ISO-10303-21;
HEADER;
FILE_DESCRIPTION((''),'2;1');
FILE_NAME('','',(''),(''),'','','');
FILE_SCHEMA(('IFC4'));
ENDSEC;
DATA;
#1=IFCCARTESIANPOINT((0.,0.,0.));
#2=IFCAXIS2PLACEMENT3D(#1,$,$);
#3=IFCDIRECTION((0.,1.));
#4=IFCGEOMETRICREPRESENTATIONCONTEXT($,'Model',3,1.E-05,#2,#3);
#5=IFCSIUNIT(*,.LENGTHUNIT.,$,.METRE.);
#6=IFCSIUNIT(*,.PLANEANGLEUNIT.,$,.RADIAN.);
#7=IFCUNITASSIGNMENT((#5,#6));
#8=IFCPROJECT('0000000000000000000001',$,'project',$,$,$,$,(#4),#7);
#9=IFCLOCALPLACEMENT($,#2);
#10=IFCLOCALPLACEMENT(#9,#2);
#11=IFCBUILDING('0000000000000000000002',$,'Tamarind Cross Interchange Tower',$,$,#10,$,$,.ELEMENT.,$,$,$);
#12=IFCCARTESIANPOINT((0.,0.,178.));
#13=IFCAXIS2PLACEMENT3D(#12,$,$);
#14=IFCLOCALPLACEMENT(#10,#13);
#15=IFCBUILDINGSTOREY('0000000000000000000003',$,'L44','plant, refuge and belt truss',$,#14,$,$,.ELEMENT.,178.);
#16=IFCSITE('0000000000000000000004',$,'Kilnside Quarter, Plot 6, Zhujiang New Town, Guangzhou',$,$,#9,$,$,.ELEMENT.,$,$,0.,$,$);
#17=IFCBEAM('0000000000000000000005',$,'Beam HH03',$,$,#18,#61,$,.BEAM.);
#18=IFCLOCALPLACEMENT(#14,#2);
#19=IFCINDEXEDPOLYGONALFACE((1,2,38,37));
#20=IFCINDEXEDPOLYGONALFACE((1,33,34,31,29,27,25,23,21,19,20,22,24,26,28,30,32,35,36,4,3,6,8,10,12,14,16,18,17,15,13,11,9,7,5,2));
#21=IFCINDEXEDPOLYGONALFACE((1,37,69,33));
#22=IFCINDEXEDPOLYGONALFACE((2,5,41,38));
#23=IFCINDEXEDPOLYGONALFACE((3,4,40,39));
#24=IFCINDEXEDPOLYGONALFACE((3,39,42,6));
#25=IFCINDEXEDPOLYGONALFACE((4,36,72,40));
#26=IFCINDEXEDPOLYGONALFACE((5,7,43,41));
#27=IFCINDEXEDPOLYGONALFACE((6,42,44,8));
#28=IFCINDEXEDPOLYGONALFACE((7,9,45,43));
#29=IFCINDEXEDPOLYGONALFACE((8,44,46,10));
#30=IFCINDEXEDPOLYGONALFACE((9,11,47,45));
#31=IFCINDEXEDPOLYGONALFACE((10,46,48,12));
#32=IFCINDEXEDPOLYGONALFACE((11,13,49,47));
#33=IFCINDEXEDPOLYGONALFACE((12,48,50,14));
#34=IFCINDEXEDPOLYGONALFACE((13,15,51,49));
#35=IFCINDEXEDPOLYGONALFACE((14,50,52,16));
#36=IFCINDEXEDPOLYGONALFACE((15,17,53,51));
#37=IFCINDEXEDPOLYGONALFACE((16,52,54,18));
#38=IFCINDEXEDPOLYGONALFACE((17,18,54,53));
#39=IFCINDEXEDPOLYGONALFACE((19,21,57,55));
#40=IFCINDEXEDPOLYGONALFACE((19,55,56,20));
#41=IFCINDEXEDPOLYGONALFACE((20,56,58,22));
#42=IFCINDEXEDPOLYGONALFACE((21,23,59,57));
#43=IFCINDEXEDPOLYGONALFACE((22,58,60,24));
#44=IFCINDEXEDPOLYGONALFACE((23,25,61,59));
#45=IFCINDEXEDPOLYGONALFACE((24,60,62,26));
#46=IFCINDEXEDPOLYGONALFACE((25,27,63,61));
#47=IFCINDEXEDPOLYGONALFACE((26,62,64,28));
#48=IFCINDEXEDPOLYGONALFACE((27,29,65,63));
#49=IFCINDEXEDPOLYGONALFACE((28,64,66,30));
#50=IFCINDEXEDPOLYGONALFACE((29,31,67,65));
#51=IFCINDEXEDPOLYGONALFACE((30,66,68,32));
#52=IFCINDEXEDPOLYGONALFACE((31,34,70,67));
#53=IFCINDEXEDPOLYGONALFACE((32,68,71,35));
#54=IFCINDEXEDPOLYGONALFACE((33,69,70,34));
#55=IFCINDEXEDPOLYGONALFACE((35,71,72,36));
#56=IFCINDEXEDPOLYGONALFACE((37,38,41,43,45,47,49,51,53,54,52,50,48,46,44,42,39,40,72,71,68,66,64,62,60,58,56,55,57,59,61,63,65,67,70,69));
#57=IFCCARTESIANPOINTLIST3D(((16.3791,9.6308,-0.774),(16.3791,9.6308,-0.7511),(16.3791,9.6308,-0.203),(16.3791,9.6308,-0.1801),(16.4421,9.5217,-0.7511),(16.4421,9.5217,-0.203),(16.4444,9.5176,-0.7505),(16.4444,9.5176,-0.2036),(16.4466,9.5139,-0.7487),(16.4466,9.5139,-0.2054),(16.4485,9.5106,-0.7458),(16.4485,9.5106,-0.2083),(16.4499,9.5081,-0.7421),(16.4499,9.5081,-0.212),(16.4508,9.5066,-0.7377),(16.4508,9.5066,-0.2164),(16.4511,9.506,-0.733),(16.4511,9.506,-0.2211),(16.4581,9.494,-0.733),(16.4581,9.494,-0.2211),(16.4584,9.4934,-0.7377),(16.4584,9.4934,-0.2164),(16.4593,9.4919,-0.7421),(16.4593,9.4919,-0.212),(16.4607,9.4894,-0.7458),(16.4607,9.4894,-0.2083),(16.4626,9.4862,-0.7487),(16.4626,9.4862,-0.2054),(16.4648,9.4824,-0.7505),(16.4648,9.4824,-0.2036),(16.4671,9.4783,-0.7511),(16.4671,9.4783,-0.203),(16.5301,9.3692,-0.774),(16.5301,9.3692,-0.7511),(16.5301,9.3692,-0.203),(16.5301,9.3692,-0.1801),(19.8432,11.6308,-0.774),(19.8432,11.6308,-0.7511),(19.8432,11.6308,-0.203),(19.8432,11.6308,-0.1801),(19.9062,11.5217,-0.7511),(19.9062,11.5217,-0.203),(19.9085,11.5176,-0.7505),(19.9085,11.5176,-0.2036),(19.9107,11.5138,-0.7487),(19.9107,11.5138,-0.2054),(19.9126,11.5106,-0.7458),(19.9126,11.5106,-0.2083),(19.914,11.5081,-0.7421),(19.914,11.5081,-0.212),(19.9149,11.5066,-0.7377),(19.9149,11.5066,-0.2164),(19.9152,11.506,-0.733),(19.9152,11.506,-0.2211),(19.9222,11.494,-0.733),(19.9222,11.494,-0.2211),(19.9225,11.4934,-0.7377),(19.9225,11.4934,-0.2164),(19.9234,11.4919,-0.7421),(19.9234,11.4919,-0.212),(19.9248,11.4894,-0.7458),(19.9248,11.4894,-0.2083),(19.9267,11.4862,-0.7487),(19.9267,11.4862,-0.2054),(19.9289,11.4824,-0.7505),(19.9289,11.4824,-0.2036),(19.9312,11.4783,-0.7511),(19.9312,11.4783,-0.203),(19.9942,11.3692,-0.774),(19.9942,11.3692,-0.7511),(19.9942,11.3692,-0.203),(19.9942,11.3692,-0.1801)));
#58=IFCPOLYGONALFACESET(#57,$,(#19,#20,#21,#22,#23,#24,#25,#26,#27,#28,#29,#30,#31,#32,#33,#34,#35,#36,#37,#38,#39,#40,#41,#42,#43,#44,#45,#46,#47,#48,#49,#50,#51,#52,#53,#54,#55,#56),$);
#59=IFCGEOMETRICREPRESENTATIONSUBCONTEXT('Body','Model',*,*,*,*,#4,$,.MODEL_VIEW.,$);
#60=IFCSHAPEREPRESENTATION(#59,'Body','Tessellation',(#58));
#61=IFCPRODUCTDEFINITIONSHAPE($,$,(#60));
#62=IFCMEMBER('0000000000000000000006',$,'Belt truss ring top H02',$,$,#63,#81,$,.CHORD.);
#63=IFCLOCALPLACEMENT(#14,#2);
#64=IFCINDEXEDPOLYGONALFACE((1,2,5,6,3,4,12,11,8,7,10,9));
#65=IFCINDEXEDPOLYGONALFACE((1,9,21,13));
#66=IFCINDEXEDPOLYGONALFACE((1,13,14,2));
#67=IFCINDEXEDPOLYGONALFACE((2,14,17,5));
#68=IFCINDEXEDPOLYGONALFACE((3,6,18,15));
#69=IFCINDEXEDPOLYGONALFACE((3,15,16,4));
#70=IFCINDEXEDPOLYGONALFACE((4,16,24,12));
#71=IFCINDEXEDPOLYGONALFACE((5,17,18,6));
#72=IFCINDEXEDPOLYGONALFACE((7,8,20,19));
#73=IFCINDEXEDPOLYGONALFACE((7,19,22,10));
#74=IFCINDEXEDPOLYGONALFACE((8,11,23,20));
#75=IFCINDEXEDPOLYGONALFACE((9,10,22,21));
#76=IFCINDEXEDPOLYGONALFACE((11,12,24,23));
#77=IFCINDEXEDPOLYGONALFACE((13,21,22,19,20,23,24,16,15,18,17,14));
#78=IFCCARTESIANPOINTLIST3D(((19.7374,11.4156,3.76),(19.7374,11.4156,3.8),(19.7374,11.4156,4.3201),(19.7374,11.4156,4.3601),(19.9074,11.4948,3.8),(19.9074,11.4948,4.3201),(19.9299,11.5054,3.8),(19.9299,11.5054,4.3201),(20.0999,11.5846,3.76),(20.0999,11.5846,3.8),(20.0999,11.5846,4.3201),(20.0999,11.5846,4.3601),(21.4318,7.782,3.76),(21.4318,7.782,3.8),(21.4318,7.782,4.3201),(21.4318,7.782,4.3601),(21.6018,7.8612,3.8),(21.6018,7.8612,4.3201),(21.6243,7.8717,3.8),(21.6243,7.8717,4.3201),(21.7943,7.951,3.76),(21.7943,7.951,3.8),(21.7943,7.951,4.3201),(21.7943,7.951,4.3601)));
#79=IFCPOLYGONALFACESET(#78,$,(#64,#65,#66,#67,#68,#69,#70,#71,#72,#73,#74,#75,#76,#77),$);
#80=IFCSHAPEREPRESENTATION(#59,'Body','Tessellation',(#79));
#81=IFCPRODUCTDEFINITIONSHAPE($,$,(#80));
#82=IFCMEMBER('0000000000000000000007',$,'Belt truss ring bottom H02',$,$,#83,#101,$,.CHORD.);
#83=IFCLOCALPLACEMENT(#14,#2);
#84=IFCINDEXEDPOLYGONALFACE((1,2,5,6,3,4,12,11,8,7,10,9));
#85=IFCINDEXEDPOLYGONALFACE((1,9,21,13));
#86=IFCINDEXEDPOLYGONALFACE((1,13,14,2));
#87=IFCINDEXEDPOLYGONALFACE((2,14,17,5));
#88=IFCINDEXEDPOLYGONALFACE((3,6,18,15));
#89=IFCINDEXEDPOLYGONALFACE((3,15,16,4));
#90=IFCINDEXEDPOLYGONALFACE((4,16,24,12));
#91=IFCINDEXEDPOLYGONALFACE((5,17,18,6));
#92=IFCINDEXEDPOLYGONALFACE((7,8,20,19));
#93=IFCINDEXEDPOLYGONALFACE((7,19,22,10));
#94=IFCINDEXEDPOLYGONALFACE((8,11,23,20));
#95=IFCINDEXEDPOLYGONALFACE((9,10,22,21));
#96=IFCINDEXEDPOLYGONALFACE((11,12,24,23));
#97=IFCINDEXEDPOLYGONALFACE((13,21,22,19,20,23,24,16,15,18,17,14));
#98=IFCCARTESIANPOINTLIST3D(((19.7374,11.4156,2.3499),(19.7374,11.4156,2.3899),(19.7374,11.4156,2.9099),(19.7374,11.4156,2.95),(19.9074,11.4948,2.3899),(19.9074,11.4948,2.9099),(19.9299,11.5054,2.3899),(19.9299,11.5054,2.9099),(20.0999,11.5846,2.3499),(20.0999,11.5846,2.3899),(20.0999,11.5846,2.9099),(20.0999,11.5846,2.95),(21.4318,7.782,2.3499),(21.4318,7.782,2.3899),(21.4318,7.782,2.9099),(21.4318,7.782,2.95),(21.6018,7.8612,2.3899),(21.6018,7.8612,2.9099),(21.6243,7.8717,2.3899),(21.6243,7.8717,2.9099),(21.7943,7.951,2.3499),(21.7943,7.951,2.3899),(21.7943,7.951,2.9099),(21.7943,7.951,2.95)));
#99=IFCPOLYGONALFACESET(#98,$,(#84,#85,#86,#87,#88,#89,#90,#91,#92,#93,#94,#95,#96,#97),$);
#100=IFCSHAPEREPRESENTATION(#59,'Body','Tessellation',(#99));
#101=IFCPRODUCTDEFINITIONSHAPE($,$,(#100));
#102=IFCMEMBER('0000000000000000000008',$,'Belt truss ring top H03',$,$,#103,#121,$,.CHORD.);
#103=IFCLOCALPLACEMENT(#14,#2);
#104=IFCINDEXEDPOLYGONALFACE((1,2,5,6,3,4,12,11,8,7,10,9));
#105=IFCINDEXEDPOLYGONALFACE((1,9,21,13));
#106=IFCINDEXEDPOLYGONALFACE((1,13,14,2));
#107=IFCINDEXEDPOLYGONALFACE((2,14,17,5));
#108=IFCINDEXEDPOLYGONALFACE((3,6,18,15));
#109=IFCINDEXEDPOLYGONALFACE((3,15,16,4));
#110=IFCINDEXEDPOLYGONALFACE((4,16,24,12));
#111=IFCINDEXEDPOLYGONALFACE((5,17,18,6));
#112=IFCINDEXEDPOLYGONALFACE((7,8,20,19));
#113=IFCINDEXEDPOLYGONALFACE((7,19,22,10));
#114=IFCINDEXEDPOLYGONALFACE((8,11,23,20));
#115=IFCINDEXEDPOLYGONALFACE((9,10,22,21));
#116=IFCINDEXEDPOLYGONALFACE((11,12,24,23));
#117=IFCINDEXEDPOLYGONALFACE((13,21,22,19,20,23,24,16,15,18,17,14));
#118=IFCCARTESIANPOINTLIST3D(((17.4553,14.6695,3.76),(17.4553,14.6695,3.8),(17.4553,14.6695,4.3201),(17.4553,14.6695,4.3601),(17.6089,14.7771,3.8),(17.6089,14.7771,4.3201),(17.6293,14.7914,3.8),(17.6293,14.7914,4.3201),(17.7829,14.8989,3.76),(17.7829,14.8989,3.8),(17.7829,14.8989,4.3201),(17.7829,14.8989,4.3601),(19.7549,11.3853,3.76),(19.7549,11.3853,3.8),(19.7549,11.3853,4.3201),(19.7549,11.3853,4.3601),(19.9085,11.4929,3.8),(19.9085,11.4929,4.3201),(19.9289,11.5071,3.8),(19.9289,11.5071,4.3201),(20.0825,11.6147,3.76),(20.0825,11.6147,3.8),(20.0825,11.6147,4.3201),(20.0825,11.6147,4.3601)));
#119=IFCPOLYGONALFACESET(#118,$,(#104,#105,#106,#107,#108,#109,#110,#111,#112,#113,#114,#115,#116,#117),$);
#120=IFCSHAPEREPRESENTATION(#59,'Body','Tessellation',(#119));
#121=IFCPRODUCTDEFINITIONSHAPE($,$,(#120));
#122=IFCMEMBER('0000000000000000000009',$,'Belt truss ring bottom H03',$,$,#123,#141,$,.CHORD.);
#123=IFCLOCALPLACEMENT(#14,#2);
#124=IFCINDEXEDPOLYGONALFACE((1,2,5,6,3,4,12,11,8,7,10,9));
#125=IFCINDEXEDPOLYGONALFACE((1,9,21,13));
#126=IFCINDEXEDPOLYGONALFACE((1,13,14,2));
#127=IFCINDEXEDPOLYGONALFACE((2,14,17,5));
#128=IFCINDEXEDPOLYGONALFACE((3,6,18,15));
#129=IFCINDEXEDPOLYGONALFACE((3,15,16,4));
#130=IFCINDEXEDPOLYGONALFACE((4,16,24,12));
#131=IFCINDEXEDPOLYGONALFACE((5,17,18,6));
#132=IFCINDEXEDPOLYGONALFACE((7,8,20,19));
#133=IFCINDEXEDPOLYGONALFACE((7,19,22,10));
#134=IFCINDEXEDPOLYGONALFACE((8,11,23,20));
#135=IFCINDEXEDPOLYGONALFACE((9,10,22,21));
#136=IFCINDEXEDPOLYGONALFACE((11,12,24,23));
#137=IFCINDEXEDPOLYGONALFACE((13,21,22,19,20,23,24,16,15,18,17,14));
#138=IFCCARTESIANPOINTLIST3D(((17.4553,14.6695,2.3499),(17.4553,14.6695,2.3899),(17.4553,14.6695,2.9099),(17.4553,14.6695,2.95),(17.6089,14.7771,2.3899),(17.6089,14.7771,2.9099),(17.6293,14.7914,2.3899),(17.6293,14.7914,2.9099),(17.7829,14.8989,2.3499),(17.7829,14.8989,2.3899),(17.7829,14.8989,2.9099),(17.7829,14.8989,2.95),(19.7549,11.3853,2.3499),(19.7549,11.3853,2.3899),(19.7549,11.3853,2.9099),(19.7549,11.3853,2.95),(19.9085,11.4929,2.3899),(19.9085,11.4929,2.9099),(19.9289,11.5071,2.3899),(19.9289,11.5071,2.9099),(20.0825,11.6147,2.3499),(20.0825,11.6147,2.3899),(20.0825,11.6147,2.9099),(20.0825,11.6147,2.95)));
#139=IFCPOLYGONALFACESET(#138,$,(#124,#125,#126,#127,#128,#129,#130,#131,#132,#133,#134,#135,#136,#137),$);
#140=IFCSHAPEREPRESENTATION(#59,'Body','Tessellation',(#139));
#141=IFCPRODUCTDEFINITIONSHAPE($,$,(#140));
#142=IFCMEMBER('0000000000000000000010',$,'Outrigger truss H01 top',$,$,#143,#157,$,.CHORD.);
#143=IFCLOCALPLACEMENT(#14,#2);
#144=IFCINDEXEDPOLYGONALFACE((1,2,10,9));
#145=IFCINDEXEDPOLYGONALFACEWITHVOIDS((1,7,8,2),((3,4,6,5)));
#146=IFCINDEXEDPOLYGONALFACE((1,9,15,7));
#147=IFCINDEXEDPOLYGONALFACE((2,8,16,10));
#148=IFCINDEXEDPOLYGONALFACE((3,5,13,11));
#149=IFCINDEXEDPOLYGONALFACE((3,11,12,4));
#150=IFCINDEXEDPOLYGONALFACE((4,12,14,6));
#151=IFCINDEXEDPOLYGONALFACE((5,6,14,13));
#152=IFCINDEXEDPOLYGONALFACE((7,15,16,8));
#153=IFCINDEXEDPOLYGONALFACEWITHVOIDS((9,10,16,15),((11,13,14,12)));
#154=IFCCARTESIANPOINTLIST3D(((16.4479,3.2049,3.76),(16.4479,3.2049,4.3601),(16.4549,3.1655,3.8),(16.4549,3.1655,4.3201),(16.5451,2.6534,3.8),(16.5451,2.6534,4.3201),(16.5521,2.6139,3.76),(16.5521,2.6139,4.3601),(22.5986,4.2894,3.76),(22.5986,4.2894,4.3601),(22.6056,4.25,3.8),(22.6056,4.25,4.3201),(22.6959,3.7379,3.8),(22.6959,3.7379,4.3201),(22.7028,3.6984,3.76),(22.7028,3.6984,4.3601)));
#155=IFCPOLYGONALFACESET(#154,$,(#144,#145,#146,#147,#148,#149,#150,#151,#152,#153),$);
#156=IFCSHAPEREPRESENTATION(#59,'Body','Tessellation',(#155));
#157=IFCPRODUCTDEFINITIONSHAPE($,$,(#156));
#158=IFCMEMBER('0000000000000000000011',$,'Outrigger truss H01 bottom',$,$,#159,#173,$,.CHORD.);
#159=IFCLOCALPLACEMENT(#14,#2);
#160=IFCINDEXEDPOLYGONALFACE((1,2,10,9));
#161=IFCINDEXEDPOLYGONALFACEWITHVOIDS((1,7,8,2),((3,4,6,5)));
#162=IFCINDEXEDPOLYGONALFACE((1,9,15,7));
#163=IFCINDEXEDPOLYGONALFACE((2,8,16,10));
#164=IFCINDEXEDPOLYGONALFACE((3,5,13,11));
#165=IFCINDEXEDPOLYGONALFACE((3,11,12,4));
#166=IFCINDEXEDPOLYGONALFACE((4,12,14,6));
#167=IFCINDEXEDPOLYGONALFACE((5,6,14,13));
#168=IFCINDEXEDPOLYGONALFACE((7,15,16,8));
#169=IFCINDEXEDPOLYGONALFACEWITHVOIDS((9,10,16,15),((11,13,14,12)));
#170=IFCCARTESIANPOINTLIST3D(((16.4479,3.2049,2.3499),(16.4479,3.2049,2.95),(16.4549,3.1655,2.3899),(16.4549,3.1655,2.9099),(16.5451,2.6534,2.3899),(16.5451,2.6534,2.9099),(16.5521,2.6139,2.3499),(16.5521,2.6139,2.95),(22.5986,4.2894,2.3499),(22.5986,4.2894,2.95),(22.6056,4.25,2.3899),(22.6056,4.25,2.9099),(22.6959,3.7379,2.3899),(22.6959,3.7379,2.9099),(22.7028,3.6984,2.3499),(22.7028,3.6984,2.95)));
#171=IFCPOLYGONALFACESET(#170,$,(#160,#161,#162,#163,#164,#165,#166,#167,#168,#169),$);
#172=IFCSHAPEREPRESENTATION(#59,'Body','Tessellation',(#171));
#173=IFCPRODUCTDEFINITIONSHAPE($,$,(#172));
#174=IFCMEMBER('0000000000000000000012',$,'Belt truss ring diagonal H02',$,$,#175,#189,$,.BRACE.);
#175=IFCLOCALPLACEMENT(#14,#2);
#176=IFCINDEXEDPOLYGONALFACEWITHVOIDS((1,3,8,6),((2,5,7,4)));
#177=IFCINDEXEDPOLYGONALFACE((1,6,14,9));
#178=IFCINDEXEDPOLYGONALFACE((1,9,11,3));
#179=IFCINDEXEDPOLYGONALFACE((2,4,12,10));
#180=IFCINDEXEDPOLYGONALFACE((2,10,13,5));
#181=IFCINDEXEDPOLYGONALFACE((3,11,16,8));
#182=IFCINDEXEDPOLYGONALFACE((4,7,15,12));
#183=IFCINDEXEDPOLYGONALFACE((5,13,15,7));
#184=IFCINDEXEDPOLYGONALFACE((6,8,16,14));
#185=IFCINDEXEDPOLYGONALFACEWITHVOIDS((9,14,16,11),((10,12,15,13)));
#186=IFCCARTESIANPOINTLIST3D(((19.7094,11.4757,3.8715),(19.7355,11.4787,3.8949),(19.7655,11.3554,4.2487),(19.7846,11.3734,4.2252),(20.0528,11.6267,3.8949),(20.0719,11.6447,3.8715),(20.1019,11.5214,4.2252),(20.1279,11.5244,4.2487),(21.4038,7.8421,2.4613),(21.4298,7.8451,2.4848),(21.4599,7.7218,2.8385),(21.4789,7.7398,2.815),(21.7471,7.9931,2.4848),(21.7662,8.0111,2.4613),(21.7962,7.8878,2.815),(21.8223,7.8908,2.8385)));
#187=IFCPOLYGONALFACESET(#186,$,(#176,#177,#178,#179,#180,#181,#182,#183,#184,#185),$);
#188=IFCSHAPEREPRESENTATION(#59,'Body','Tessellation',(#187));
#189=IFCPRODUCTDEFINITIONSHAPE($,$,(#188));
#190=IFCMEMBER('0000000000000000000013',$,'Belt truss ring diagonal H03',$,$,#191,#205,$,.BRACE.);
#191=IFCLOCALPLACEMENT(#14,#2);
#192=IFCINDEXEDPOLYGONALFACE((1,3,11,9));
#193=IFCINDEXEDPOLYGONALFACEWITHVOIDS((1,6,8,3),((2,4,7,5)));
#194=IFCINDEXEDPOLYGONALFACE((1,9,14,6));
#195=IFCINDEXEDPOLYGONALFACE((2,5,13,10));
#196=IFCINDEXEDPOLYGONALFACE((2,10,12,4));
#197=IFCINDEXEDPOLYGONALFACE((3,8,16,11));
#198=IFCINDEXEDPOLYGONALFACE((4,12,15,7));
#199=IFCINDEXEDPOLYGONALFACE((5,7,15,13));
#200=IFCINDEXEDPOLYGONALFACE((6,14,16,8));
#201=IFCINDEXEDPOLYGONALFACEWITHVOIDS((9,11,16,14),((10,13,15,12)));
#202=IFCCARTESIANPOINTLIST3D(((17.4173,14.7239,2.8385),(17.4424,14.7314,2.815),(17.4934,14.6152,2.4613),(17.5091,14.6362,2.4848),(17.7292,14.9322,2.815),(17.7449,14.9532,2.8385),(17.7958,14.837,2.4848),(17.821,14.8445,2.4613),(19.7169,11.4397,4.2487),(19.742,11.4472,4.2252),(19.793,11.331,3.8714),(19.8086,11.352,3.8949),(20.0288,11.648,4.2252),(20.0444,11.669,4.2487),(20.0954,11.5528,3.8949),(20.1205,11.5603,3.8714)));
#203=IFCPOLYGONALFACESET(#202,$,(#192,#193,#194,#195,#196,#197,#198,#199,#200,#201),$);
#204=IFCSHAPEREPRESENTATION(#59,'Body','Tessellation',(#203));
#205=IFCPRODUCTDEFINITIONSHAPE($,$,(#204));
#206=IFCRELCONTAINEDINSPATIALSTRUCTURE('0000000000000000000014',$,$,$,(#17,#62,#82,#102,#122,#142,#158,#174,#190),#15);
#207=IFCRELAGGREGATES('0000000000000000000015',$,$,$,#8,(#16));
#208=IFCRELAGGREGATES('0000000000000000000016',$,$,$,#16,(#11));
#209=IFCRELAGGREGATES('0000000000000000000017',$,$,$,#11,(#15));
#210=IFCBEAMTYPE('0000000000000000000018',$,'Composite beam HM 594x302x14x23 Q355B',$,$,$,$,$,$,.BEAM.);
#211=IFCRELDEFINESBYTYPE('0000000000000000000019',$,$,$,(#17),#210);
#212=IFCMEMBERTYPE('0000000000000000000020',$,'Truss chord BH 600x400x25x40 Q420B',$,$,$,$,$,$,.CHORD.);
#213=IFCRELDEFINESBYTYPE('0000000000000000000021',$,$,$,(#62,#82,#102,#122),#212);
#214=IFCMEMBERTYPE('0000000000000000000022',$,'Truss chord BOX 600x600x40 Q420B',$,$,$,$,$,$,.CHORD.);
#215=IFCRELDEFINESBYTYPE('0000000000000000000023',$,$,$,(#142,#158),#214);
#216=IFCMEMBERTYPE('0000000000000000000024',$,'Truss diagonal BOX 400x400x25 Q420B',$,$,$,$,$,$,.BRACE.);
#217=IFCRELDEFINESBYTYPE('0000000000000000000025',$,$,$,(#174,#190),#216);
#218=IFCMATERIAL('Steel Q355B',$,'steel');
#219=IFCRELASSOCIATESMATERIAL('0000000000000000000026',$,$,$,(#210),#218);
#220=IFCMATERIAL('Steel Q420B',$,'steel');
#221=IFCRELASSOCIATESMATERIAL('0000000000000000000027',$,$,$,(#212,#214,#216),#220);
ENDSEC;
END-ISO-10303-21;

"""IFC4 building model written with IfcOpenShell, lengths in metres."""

from ifc_helpers import new_model, si_unit, direction, frame, origin, origin_2d, place, context, subcontext, project, spatial, hollow_rectangle, i_section, extrude, material, material_profile, profile_set, type_object, element, save


model = new_model("IFC4")

# Units and contexts
model_context = context("Model", 3, precision=1e-05, world=origin(), true_north=direction((0.0, 1.0)))
body_context = subcontext(model_context, "Body", "Model", "MODEL_VIEW")
ifc_project = project(units=[si_unit("LENGTHUNIT", "METRE"), si_unit("PLANEANGLEUNIT", "RADIAN")], contexts=[model_context])

# Site, building, storey
site_placement = place(None, origin())
site = spatial("IfcSite", under=ifc_project, at=site_placement, Name="Kilnside Quarter, Plot 6, Zhujiang New Town, Guangzhou", CompositionType="ELEMENT", RefElevation=0.0)
building_placement = place(site_placement, origin())
building = spatial("IfcBuilding", under=site, at=building_placement, Name="Tamarind Cross Interchange Tower", CompositionType="ELEMENT")
storey_placement = place(building_placement, frame((0.0, 0.0, 178.0)))
storey = spatial("IfcBuildingStorey", under=building, at=storey_placement, Name="L44", Description="plant, refuge and belt truss", CompositionType="ELEMENT", Elevation=178.0)

# Beam
ifc_material_1 = material(Name="Steel Q355B", Category="steel")
ifc_material_profile_1 = material_profile(ifc_material_1, i_section(OverallWidth=0.302, OverallDepth=0.594, WebThickness=0.0139, FlangeThickness=0.0229, FilletRadius=0.0181, at=origin_2d()), Name="HM 594x302x14x23")
ifc_profile_set_1 = profile_set([ifc_material_profile_1], Name="Steel Q355B")
beam_type = type_object("IfcBeamType", Name="Composite beam HM 594x302x14x23 Q355B", PredefinedType="BEAM", material=ifc_profile_set_1)
beam_1_placement = place(storey_placement, frame((19.9187, 11.5, -0.4771), z_axis=(-0.866026, -0.499999, 0.0), x_axis=(0.499999, -0.866026, 0.0)))
element("IfcBeam", 1, at=beam_1_placement, inside=storey, type_object=beam_type, Name="Beam HH03", PredefinedType="BEAM", context=body_context, shape_type="SweptSolid", body=[
    extrude(i_section(OverallWidth=0.302, OverallDepth=0.594, WebThickness=0.0139, FlangeThickness=0.0229, FilletRadius=0.0181, at=origin_2d()), origin(), (0.0, 0.0, 1.0), 4.0),
])

# Members
ifc_material_2 = material(Name="Steel Q420B", Category="steel")
ifc_material_profile_2 = material_profile(ifc_material_2, i_section(OverallWidth=0.3999, OverallDepth=0.6001, WebThickness=0.0249, FlangeThickness=0.04, at=origin_2d()), Name="BH 600x400x25x40")
ifc_profile_set_2 = profile_set([ifc_material_profile_2], Name="Steel Q420B")
member_type_1 = type_object("IfcMemberType", Name="Truss chord BH 600x400x25x40 Q420B", PredefinedType="CHORD", material=ifc_profile_set_2)
for number, where, z_axis, x_axis, name in (
    (2, (21.613, 7.8665, 4.0601), (-0.422615, 0.906309, 0.0), (-0.906309, -0.422615, 0.0), "Belt truss ring top H02"),
    (3, (21.613, 7.8665, 2.6499), (-0.422615, 0.906309, 0.0), (-0.906309, -0.422615, 0.0), "Belt truss ring bottom H02"),
    (4, (19.9187, 11.5, 4.0601), (-0.573569, 0.819158, 0.0), (-0.819158, -0.573569, 0.0), "Belt truss ring top H03"),
    (5, (19.9187, 11.5, 2.6499), (-0.573569, 0.819158, 0.0), (-0.819158, -0.573569, 0.0), "Belt truss ring bottom H03"),
):
    element("IfcMember", number, at=place(storey_placement, frame(where, z_axis=z_axis, x_axis=x_axis)), inside=storey, type_object=member_type_1, Name=name, PredefinedType="CHORD", context=body_context, shape_type="SweptSolid", body=[
        extrude(i_section(OverallWidth=0.3999, OverallDepth=0.6001, WebThickness=0.0249, FlangeThickness=0.04, at=origin_2d()), origin(), (0.0, 0.0, 1.0), 4.0093),
    ])
ifc_material_profile_3 = material_profile(ifc_material_2, hollow_rectangle(XDim=0.6001, YDim=0.6001, WallThickness=0.04, at=origin_2d()), Name="BOX 600x600x40")
ifc_profile_set_3 = profile_set([ifc_material_profile_3], Name="Steel Q420B")
member_type_2 = type_object("IfcMemberType", Name="Truss chord BOX 600x600x40 Q420B", PredefinedType="CHORD", material=ifc_profile_set_3)
for number, where, z_axis, x_axis, name in (
    (6, (16.5, 2.9094, 4.0601), (0.984809, 0.17364, 0.0), (-0.17364, 0.984809, 0.0), "Outrigger truss H01 top"),
    (7, (16.5, 2.9094, 2.6499), (0.984809, 0.17364, 0.0), (-0.17364, 0.984809, 0.0), "Outrigger truss H01 bottom"),
):
    element("IfcMember", number, at=place(storey_placement, frame(where, z_axis=z_axis, x_axis=x_axis)), inside=storey, type_object=member_type_2, Name=name, PredefinedType="CHORD", context=body_context, shape_type="SweptSolid", body=[
        extrude(hollow_rectangle(XDim=0.6001, YDim=0.6001, WallThickness=0.04, at=origin_2d()), origin(), (0.0, 0.0, 1.0), 6.2456),
    ])
ifc_material_profile_4 = material_profile(ifc_material_2, hollow_rectangle(XDim=0.3999, YDim=0.3999, WallThickness=0.0249, at=origin_2d()), Name="BOX 400x400x25")
ifc_profile_set_4 = profile_set([ifc_material_profile_4], Name="Steel Q420B")
member_type_3 = type_object("IfcMemberType", Name="Truss diagonal BOX 400x400x25 Q420B", PredefinedType="BRACE", material=ifc_profile_set_4)
for number, where, z_axis, x_axis, name in (
    (8, (21.613, 7.8665, 2.6499), (-0.398673, 0.854964, 0.331806), (-0.906309, -0.422615, 0.0), "Belt truss ring diagonal H02"),
    (9, (19.9187, 11.5, 4.0601), (-0.541075, 0.772751, -0.331803), (-0.819158, -0.573569, 0.0), "Belt truss ring diagonal H03"),
):
    element("IfcMember", number, at=place(storey_placement, frame(where, z_axis=z_axis, x_axis=x_axis)), inside=storey, type_object=member_type_3, Name=name, PredefinedType="BRACE", context=body_context, shape_type="SweptSolid", body=[
        extrude(hollow_rectangle(XDim=0.3999, YDim=0.3999, WallThickness=0.0249, at=origin_2d()), origin(), (0.0, 0.0, 1.0), 4.25),
    ])

save(model, "model.ifc")
